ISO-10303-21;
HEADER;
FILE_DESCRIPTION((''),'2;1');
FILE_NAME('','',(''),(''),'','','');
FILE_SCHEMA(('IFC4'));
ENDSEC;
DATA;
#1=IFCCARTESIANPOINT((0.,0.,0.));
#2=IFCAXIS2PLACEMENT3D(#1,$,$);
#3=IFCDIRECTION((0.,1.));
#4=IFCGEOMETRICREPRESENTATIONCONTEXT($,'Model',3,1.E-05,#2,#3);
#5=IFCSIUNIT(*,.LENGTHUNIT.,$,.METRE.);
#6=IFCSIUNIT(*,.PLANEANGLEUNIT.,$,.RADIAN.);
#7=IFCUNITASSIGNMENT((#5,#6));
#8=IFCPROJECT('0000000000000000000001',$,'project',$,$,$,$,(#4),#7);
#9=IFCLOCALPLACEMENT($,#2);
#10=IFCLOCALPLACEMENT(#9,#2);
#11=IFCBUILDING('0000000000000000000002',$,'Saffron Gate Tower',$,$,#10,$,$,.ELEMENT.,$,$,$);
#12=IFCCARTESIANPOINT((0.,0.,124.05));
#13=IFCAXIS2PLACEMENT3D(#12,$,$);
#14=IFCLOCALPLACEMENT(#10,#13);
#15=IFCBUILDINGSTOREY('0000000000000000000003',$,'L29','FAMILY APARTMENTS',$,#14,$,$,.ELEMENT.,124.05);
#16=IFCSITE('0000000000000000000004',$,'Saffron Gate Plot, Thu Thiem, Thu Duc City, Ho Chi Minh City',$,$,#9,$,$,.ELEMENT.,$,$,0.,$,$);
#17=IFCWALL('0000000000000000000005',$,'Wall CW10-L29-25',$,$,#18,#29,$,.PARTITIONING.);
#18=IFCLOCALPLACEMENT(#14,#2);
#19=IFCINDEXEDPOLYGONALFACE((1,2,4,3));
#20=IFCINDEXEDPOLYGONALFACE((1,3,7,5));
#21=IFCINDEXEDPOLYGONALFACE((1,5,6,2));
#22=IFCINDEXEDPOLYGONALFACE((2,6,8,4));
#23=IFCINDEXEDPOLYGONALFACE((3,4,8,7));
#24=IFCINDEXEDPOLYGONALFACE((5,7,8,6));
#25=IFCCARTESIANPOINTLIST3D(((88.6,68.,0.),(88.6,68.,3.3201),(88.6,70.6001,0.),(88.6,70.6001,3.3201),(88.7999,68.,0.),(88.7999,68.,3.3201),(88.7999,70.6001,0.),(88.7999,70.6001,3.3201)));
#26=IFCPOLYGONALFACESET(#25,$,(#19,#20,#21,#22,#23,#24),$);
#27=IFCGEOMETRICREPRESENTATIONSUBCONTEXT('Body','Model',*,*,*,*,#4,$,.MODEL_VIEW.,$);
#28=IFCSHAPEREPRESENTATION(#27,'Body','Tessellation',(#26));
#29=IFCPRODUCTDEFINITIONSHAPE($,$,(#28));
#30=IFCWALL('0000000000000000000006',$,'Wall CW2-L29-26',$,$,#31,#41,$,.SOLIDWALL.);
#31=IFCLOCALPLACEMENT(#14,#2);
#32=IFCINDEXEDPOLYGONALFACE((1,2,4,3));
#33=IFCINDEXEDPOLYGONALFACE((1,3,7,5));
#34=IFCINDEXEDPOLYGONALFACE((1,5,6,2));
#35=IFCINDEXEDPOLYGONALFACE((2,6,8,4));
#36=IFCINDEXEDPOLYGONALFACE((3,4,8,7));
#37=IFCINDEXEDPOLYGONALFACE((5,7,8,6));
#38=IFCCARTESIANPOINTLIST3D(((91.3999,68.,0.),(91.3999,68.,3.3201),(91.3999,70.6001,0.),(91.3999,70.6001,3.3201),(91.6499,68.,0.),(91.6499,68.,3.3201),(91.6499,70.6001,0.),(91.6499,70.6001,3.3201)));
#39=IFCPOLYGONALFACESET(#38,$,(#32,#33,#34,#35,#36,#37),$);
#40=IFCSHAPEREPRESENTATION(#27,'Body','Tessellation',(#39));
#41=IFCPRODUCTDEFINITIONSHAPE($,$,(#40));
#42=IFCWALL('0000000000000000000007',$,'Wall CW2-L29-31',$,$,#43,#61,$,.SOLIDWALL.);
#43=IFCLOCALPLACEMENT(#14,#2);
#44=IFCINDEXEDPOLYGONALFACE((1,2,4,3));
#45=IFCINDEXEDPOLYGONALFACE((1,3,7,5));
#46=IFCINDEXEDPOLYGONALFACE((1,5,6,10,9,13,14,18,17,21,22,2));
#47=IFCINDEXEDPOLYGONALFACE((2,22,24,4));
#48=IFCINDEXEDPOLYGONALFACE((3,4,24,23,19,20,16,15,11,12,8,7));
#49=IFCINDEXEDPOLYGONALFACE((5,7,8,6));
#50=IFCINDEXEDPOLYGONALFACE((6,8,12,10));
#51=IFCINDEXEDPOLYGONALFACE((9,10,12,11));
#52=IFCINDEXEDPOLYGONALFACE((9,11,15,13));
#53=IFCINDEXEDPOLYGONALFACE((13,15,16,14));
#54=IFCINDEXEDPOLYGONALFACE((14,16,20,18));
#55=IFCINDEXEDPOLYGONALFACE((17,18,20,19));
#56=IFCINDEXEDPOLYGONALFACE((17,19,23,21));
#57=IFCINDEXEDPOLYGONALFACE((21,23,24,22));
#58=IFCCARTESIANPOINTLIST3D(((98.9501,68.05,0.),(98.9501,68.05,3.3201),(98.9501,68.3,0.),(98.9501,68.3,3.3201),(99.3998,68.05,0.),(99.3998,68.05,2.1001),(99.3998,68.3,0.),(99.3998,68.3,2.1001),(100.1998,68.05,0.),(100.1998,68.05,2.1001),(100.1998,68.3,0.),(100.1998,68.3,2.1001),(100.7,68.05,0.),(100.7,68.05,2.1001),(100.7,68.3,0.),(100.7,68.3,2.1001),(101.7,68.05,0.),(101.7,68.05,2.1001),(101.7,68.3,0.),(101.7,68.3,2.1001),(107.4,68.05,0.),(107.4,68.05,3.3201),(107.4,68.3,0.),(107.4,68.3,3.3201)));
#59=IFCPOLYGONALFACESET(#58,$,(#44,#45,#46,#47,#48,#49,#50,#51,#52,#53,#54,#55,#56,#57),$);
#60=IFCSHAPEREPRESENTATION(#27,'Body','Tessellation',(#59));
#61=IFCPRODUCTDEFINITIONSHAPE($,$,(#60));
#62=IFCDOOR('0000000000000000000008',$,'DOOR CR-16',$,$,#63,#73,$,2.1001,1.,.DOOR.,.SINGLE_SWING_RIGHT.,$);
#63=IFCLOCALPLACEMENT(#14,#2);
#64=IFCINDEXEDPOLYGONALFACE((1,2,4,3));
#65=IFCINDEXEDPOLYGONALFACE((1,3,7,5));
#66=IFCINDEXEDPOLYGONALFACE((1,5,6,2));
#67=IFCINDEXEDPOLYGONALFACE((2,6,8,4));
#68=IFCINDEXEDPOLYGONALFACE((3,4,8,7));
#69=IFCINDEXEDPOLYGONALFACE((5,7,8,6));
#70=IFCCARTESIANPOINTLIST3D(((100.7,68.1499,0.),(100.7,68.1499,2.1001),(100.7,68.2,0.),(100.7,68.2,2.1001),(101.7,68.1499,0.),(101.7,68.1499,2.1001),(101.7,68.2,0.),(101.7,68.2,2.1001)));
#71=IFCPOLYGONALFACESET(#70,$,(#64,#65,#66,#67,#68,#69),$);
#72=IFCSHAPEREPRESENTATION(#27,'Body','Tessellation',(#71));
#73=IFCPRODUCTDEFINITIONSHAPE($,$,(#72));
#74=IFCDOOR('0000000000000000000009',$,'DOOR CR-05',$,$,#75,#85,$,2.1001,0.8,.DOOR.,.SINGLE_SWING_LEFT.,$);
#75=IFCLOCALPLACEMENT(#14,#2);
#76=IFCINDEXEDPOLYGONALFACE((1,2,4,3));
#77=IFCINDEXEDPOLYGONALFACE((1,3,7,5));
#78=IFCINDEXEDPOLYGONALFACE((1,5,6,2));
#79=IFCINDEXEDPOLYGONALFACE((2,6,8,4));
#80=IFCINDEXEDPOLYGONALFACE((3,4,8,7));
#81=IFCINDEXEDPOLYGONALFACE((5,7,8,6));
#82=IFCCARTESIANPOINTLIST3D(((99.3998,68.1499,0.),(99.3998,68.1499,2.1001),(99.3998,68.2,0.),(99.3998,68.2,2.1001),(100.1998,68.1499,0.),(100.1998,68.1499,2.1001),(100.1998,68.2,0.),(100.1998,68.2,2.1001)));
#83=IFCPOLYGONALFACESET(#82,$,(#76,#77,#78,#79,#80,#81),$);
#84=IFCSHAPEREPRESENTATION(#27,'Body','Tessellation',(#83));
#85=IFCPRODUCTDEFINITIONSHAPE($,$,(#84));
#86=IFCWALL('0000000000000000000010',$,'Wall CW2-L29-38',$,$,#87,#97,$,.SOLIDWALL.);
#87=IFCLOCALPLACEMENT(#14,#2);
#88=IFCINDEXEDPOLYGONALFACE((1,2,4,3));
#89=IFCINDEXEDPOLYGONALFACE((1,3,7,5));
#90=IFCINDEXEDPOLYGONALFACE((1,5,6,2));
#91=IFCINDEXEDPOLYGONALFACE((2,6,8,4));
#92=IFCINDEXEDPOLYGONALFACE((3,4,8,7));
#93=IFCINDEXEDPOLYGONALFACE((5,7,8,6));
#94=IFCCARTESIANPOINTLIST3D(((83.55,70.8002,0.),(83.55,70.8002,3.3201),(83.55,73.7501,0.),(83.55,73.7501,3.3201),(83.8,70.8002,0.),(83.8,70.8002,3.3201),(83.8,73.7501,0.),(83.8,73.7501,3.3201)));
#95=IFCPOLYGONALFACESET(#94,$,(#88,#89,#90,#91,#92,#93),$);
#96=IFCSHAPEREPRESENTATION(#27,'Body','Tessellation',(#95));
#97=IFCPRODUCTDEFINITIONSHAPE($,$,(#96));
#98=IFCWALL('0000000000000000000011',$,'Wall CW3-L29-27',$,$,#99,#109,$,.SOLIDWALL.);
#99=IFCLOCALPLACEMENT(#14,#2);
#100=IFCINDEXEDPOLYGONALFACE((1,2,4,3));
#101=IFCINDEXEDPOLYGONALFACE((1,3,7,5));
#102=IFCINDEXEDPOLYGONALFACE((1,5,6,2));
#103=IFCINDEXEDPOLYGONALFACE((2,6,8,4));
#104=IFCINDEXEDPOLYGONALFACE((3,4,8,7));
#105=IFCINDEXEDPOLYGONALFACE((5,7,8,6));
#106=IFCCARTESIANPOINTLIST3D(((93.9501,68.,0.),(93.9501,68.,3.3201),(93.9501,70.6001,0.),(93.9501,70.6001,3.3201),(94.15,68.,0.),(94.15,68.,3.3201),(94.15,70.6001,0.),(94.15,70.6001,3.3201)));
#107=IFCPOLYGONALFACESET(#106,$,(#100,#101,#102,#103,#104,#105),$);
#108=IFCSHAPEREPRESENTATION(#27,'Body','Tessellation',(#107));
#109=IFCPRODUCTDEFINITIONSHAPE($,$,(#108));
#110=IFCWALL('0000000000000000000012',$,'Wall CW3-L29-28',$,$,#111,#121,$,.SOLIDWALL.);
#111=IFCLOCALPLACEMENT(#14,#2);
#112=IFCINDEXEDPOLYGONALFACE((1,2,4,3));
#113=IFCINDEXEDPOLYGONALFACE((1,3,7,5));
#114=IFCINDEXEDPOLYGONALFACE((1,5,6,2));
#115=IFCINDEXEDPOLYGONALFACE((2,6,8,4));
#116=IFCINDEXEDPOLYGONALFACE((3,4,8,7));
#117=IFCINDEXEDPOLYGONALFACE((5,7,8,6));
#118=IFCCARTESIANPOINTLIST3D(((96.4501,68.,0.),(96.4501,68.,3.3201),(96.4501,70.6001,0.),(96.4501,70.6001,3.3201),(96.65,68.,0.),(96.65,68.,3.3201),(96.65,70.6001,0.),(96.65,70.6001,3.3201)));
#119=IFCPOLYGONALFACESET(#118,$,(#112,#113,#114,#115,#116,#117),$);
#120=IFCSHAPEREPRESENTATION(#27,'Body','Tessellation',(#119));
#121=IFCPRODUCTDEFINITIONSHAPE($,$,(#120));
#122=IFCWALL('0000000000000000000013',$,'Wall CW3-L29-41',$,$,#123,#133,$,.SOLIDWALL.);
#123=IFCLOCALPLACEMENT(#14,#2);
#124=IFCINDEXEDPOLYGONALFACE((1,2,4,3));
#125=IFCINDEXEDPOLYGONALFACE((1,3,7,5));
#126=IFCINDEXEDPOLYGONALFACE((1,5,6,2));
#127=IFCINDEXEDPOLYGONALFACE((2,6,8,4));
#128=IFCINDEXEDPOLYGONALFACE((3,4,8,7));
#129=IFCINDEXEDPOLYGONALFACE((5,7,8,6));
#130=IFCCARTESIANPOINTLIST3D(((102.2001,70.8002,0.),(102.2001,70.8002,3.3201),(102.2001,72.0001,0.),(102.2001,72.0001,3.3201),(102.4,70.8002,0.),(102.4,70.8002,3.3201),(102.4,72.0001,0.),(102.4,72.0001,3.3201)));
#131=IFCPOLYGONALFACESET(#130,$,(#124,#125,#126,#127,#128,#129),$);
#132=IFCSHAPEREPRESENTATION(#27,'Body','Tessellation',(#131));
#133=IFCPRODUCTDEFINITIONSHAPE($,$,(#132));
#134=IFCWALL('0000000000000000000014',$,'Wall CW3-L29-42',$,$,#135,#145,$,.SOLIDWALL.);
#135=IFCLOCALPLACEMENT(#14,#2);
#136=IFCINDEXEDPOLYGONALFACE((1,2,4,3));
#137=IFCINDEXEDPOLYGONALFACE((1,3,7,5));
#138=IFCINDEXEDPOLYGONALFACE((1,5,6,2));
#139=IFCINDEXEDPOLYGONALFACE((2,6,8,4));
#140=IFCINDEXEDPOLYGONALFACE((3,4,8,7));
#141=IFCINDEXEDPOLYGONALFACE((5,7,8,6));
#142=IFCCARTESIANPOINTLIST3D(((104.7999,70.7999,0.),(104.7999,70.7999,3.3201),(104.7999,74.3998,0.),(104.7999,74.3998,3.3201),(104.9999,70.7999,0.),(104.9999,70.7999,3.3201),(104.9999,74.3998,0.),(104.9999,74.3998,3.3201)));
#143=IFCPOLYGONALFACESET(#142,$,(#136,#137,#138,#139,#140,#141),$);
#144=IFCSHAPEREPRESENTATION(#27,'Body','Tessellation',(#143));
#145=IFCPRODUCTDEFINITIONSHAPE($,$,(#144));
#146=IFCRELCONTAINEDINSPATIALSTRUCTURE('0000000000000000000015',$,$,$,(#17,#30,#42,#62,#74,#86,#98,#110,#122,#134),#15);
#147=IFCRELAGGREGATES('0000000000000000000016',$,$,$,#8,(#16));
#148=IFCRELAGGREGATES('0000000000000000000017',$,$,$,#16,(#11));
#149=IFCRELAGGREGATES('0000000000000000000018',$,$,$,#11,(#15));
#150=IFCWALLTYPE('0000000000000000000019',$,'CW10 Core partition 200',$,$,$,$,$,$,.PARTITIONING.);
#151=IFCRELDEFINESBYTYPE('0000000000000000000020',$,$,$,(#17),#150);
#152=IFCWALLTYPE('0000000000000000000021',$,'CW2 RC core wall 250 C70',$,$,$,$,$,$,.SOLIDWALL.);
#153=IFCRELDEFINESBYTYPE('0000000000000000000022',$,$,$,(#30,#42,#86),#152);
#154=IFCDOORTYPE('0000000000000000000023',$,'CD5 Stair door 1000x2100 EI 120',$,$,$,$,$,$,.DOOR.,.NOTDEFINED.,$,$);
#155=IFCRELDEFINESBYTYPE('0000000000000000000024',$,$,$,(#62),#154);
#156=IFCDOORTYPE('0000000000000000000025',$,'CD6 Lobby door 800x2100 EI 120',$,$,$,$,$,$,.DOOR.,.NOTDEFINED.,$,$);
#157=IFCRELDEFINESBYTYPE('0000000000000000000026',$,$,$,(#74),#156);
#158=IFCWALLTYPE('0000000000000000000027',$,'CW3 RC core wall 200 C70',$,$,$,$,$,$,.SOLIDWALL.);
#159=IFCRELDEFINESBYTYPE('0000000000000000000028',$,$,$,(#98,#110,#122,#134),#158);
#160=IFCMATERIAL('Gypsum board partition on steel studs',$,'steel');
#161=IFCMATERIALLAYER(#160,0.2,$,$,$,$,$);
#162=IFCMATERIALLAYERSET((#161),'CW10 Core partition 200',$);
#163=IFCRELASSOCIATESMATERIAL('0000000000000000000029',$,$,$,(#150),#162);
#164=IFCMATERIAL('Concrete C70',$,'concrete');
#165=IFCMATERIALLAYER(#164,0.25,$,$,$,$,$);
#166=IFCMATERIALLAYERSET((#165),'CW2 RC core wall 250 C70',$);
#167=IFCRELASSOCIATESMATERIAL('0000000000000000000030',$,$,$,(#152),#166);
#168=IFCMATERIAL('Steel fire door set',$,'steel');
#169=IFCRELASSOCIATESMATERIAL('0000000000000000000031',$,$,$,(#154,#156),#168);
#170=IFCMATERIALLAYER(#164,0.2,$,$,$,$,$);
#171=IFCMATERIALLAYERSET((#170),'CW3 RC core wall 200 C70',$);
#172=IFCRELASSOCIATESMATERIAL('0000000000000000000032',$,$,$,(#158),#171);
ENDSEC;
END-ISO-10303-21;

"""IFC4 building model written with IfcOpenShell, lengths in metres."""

from ifc_helpers import new_model, si_unit, direction, frame, frame_2d, origin, place, context, subcontext, project, spatial, rectangle, extrude, material, layer, layer_set, type_object, element, fill, save


model = new_model("IFC4")

# Units and contexts
model_context = context("Model", 3, precision=1e-05, world=origin(), true_north=direction((0.0, 1.0)))
body_context = subcontext(model_context, "Body", "Model", "MODEL_VIEW")
ifc_project = project(units=[si_unit("LENGTHUNIT", "METRE"), si_unit("PLANEANGLEUNIT", "RADIAN")], contexts=[model_context])

# Site, building, storey
site_placement = place(None, origin())
site = spatial("IfcSite", under=ifc_project, at=site_placement, Name="Saffron Gate Plot, Thu Thiem, Thu Duc City, Ho Chi Minh City", CompositionType="ELEMENT", RefElevation=0.0)
building_placement = place(site_placement, origin())
building = spatial("IfcBuilding", under=site, at=building_placement, Name="Saffron Gate Tower", CompositionType="ELEMENT")
storey_placement = place(building_placement, frame((0.0, 0.0, 124.05)))
storey = spatial("IfcBuildingStorey", under=building, at=storey_placement, Name="L29", Description="FAMILY APARTMENTS", CompositionType="ELEMENT", Elevation=124.05)

# Walls
ifc_material_1 = material(Name="Gypsum board partition on steel studs", Category="steel")
ifc_layer_1 = layer(ifc_material_1, 0.2)
ifc_layer_set_1 = layer_set([ifc_layer_1], Name="CW10 Core partition 200")
wall_type_1 = type_object("IfcWallType", Name="CW10 Core partition 200", PredefinedType="PARTITIONING", material=ifc_layer_set_1)
wall_1_placement = place(storey_placement, frame((88.7, 68.0, 0.0), z_axis=(0.0, 0.0, 1.0), x_axis=(0.0, 1.0, 0.0)))
element("IfcWall", 1, at=wall_1_placement, inside=storey, type_object=wall_type_1, Name="Wall CW10-L29-25", PredefinedType="PARTITIONING", context=body_context, shape_type="SweptSolid", body=[
    extrude(rectangle(XDim=2.6001, YDim=0.2, at=frame_2d((1.3, 0.0))), origin(), (0.0, 0.0, 1.0), 3.3201),
])
ifc_material_2 = material(Name="Concrete C70", Category="concrete")
ifc_layer_2 = layer(ifc_material_2, 0.25)
ifc_layer_set_2 = layer_set([ifc_layer_2], Name="CW2 RC core wall 250 C70")
wall_type_2 = type_object("IfcWallType", Name="CW2 RC core wall 250 C70", PredefinedType="SOLIDWALL", material=ifc_layer_set_2)
wall_2_placement = place(storey_placement, frame((91.5249, 68.0, 0.0), z_axis=(0.0, 0.0, 1.0), x_axis=(0.0, 1.0, 0.0)))
element("IfcWall", 2, at=wall_2_placement, inside=storey, type_object=wall_type_2, Name="Wall CW2-L29-26", PredefinedType="SOLIDWALL", context=body_context, shape_type="SweptSolid", body=[
    extrude(rectangle(XDim=2.6001, YDim=0.25, at=frame_2d((1.3, 0.0))), origin(), (0.0, 0.0, 1.0), 3.3201),
])

# Wall, openings, doors
wall_3_placement = place(storey_placement, frame((98.95, 68.175, 0.0), z_axis=(0.0, 0.0, 1.0), x_axis=(1.0, 0.0, 0.0)))
wall_3 = element("IfcWall", 3, at=wall_3_placement, inside=storey, type_object=wall_type_2, Name="Wall CW2-L29-31", PredefinedType="SOLIDWALL", context=body_context, shape_type="SweptSolid", body=[
    extrude(rectangle(XDim=8.45, YDim=0.25, at=frame_2d((4.2251, 0.0))), origin(), (0.0, 0.0, 1.0), 3.3201),
])
opening_1_placement = place(wall_3_placement, frame((0.45, 0.0, 0.0)))
opening_1 = element("IfcOpeningElement", 4, at=opening_1_placement, cuts=wall_3, PredefinedType="OPENING", context=body_context, shape_type="SweptSolid", body=[
    extrude(rectangle(XDim=0.8, YDim=2.1001, at=frame_2d((0.3999, 1.05))), frame((0.0, 0.135, 0.0), z_axis=(0.0, -1.0, 0.0), x_axis=(1.0, 0.0, 0.0)), (0.0, 0.0, 1.0), 0.27),
])
opening_2_placement = place(wall_3_placement, frame((1.75, 0.0, 0.0)))
opening_2 = element("IfcOpeningElement", 5, at=opening_2_placement, cuts=wall_3, PredefinedType="OPENING", context=body_context, shape_type="SweptSolid", body=[
    extrude(rectangle(XDim=1.0, YDim=2.1001, at=frame_2d((0.5, 1.05))), frame((0.0, 0.135, 0.0), z_axis=(0.0, -1.0, 0.0), x_axis=(1.0, 0.0, 0.0)), (0.0, 0.0, 1.0), 0.27),
])
ifc_material_3 = material(Name="Steel fire door set", Category="steel")
door_type_1 = type_object("IfcDoorType", Name="CD5 Stair door 1000x2100 EI 120", OperationType="NOTDEFINED", PredefinedType="DOOR", material=ifc_material_3)
door_1_placement = place(opening_2_placement, origin())
door_1 = element("IfcDoor", 6, at=door_1_placement, inside=storey, type_object=door_type_1, Name="DOOR CR-16", OperationType="SINGLE_SWING_RIGHT", OverallHeight=2.1001, OverallWidth=1.0, PredefinedType="DOOR", context=body_context, shape_type="SweptSolid", body=[
    extrude(rectangle(XDim=1.0, YDim=2.1001, at=frame_2d((0.5, 1.05))), frame((0.0, 0.0249, 0.0), z_axis=(0.0, -1.0, 0.0), x_axis=(1.0, 0.0, 0.0)), (0.0, 0.0, 1.0), 0.05),
])
fill(opening_2, door_1)
door_type_2 = type_object("IfcDoorType", Name="CD6 Lobby door 800x2100 EI 120", OperationType="NOTDEFINED", PredefinedType="DOOR", material=ifc_material_3)
door_2_placement = place(opening_1_placement, origin())
door_2 = element("IfcDoor", 7, at=door_2_placement, inside=storey, type_object=door_type_2, Name="DOOR CR-05", OperationType="SINGLE_SWING_LEFT", OverallHeight=2.1001, OverallWidth=0.8, PredefinedType="DOOR", context=body_context, shape_type="SweptSolid", body=[
    extrude(rectangle(XDim=0.8, YDim=2.1001, at=frame_2d((0.3999, 1.05))), frame((0.0, 0.0249, 0.0), z_axis=(0.0, -1.0, 0.0), x_axis=(1.0, 0.0, 0.0)), (0.0, 0.0, 1.0), 0.05),
])
fill(opening_1, door_2)

# Walls
wall_4_placement = place(storey_placement, frame((83.675, 70.8, 0.0), z_axis=(0.0, 0.0, 1.0), x_axis=(0.0, 1.0, 0.0)))
element("IfcWall", 8, at=wall_4_placement, inside=storey, type_object=wall_type_2, Name="Wall CW2-L29-38", PredefinedType="SOLIDWALL", context=body_context, shape_type="SweptSolid", body=[
    extrude(rectangle(XDim=2.95, YDim=0.25, at=frame_2d((1.4751, 0.0))), origin(), (0.0, 0.0, 1.0), 3.3201),
])
ifc_layer_3 = layer(ifc_material_2, 0.2)
ifc_layer_set_3 = layer_set([ifc_layer_3], Name="CW3 RC core wall 200 C70")
wall_type_3 = type_object("IfcWallType", Name="CW3 RC core wall 200 C70", PredefinedType="SOLIDWALL", material=ifc_layer_set_3)
for number, where, z_axis, x_axis, name in (
    (9, (94.05, 68.0, 0.0), (0.0, 0.0, 1.0), (0.0, 1.0, 0.0), "Wall CW3-L29-27"),
    (10, (96.55, 68.0, 0.0), (0.0, 0.0, 1.0), (0.0, 1.0, 0.0), "Wall CW3-L29-28"),
):
    element("IfcWall", number, at=place(storey_placement, frame(where, z_axis=z_axis, x_axis=x_axis)), inside=storey, type_object=wall_type_3, Name=name, PredefinedType="SOLIDWALL", context=body_context, shape_type="SweptSolid", body=[
        extrude(rectangle(XDim=2.6001, YDim=0.2, at=frame_2d((1.3, 0.0))), origin(), (0.0, 0.0, 1.0), 3.3201),
    ])
wall_5_placement = place(storey_placement, frame((102.3, 70.8, 0.0), z_axis=(0.0, 0.0, 1.0), x_axis=(0.0, 1.0, 0.0)))
element("IfcWall", 11, at=wall_5_placement, inside=storey, type_object=wall_type_3, Name="Wall CW3-L29-41", PredefinedType="SOLIDWALL", context=body_context, shape_type="SweptSolid", body=[
    extrude(rectangle(XDim=1.2, YDim=0.2, at=frame_2d((0.6001, 0.0))), origin(), (0.0, 0.0, 1.0), 3.3201),
])
wall_6_placement = place(storey_placement, frame((104.8999, 70.8, 0.0), z_axis=(0.0, 0.0, 1.0), x_axis=(0.0, 1.0, 0.0)))
element("IfcWall", 12, at=wall_6_placement, inside=storey, type_object=wall_type_3, Name="Wall CW3-L29-42", PredefinedType="SOLIDWALL", context=body_context, shape_type="SweptSolid", body=[
    extrude(rectangle(XDim=3.5999, YDim=0.2, at=frame_2d((1.7998, 0.0))), origin(), (0.0, 0.0, 1.0), 3.3201),
])

save(model, "model.ifc")
